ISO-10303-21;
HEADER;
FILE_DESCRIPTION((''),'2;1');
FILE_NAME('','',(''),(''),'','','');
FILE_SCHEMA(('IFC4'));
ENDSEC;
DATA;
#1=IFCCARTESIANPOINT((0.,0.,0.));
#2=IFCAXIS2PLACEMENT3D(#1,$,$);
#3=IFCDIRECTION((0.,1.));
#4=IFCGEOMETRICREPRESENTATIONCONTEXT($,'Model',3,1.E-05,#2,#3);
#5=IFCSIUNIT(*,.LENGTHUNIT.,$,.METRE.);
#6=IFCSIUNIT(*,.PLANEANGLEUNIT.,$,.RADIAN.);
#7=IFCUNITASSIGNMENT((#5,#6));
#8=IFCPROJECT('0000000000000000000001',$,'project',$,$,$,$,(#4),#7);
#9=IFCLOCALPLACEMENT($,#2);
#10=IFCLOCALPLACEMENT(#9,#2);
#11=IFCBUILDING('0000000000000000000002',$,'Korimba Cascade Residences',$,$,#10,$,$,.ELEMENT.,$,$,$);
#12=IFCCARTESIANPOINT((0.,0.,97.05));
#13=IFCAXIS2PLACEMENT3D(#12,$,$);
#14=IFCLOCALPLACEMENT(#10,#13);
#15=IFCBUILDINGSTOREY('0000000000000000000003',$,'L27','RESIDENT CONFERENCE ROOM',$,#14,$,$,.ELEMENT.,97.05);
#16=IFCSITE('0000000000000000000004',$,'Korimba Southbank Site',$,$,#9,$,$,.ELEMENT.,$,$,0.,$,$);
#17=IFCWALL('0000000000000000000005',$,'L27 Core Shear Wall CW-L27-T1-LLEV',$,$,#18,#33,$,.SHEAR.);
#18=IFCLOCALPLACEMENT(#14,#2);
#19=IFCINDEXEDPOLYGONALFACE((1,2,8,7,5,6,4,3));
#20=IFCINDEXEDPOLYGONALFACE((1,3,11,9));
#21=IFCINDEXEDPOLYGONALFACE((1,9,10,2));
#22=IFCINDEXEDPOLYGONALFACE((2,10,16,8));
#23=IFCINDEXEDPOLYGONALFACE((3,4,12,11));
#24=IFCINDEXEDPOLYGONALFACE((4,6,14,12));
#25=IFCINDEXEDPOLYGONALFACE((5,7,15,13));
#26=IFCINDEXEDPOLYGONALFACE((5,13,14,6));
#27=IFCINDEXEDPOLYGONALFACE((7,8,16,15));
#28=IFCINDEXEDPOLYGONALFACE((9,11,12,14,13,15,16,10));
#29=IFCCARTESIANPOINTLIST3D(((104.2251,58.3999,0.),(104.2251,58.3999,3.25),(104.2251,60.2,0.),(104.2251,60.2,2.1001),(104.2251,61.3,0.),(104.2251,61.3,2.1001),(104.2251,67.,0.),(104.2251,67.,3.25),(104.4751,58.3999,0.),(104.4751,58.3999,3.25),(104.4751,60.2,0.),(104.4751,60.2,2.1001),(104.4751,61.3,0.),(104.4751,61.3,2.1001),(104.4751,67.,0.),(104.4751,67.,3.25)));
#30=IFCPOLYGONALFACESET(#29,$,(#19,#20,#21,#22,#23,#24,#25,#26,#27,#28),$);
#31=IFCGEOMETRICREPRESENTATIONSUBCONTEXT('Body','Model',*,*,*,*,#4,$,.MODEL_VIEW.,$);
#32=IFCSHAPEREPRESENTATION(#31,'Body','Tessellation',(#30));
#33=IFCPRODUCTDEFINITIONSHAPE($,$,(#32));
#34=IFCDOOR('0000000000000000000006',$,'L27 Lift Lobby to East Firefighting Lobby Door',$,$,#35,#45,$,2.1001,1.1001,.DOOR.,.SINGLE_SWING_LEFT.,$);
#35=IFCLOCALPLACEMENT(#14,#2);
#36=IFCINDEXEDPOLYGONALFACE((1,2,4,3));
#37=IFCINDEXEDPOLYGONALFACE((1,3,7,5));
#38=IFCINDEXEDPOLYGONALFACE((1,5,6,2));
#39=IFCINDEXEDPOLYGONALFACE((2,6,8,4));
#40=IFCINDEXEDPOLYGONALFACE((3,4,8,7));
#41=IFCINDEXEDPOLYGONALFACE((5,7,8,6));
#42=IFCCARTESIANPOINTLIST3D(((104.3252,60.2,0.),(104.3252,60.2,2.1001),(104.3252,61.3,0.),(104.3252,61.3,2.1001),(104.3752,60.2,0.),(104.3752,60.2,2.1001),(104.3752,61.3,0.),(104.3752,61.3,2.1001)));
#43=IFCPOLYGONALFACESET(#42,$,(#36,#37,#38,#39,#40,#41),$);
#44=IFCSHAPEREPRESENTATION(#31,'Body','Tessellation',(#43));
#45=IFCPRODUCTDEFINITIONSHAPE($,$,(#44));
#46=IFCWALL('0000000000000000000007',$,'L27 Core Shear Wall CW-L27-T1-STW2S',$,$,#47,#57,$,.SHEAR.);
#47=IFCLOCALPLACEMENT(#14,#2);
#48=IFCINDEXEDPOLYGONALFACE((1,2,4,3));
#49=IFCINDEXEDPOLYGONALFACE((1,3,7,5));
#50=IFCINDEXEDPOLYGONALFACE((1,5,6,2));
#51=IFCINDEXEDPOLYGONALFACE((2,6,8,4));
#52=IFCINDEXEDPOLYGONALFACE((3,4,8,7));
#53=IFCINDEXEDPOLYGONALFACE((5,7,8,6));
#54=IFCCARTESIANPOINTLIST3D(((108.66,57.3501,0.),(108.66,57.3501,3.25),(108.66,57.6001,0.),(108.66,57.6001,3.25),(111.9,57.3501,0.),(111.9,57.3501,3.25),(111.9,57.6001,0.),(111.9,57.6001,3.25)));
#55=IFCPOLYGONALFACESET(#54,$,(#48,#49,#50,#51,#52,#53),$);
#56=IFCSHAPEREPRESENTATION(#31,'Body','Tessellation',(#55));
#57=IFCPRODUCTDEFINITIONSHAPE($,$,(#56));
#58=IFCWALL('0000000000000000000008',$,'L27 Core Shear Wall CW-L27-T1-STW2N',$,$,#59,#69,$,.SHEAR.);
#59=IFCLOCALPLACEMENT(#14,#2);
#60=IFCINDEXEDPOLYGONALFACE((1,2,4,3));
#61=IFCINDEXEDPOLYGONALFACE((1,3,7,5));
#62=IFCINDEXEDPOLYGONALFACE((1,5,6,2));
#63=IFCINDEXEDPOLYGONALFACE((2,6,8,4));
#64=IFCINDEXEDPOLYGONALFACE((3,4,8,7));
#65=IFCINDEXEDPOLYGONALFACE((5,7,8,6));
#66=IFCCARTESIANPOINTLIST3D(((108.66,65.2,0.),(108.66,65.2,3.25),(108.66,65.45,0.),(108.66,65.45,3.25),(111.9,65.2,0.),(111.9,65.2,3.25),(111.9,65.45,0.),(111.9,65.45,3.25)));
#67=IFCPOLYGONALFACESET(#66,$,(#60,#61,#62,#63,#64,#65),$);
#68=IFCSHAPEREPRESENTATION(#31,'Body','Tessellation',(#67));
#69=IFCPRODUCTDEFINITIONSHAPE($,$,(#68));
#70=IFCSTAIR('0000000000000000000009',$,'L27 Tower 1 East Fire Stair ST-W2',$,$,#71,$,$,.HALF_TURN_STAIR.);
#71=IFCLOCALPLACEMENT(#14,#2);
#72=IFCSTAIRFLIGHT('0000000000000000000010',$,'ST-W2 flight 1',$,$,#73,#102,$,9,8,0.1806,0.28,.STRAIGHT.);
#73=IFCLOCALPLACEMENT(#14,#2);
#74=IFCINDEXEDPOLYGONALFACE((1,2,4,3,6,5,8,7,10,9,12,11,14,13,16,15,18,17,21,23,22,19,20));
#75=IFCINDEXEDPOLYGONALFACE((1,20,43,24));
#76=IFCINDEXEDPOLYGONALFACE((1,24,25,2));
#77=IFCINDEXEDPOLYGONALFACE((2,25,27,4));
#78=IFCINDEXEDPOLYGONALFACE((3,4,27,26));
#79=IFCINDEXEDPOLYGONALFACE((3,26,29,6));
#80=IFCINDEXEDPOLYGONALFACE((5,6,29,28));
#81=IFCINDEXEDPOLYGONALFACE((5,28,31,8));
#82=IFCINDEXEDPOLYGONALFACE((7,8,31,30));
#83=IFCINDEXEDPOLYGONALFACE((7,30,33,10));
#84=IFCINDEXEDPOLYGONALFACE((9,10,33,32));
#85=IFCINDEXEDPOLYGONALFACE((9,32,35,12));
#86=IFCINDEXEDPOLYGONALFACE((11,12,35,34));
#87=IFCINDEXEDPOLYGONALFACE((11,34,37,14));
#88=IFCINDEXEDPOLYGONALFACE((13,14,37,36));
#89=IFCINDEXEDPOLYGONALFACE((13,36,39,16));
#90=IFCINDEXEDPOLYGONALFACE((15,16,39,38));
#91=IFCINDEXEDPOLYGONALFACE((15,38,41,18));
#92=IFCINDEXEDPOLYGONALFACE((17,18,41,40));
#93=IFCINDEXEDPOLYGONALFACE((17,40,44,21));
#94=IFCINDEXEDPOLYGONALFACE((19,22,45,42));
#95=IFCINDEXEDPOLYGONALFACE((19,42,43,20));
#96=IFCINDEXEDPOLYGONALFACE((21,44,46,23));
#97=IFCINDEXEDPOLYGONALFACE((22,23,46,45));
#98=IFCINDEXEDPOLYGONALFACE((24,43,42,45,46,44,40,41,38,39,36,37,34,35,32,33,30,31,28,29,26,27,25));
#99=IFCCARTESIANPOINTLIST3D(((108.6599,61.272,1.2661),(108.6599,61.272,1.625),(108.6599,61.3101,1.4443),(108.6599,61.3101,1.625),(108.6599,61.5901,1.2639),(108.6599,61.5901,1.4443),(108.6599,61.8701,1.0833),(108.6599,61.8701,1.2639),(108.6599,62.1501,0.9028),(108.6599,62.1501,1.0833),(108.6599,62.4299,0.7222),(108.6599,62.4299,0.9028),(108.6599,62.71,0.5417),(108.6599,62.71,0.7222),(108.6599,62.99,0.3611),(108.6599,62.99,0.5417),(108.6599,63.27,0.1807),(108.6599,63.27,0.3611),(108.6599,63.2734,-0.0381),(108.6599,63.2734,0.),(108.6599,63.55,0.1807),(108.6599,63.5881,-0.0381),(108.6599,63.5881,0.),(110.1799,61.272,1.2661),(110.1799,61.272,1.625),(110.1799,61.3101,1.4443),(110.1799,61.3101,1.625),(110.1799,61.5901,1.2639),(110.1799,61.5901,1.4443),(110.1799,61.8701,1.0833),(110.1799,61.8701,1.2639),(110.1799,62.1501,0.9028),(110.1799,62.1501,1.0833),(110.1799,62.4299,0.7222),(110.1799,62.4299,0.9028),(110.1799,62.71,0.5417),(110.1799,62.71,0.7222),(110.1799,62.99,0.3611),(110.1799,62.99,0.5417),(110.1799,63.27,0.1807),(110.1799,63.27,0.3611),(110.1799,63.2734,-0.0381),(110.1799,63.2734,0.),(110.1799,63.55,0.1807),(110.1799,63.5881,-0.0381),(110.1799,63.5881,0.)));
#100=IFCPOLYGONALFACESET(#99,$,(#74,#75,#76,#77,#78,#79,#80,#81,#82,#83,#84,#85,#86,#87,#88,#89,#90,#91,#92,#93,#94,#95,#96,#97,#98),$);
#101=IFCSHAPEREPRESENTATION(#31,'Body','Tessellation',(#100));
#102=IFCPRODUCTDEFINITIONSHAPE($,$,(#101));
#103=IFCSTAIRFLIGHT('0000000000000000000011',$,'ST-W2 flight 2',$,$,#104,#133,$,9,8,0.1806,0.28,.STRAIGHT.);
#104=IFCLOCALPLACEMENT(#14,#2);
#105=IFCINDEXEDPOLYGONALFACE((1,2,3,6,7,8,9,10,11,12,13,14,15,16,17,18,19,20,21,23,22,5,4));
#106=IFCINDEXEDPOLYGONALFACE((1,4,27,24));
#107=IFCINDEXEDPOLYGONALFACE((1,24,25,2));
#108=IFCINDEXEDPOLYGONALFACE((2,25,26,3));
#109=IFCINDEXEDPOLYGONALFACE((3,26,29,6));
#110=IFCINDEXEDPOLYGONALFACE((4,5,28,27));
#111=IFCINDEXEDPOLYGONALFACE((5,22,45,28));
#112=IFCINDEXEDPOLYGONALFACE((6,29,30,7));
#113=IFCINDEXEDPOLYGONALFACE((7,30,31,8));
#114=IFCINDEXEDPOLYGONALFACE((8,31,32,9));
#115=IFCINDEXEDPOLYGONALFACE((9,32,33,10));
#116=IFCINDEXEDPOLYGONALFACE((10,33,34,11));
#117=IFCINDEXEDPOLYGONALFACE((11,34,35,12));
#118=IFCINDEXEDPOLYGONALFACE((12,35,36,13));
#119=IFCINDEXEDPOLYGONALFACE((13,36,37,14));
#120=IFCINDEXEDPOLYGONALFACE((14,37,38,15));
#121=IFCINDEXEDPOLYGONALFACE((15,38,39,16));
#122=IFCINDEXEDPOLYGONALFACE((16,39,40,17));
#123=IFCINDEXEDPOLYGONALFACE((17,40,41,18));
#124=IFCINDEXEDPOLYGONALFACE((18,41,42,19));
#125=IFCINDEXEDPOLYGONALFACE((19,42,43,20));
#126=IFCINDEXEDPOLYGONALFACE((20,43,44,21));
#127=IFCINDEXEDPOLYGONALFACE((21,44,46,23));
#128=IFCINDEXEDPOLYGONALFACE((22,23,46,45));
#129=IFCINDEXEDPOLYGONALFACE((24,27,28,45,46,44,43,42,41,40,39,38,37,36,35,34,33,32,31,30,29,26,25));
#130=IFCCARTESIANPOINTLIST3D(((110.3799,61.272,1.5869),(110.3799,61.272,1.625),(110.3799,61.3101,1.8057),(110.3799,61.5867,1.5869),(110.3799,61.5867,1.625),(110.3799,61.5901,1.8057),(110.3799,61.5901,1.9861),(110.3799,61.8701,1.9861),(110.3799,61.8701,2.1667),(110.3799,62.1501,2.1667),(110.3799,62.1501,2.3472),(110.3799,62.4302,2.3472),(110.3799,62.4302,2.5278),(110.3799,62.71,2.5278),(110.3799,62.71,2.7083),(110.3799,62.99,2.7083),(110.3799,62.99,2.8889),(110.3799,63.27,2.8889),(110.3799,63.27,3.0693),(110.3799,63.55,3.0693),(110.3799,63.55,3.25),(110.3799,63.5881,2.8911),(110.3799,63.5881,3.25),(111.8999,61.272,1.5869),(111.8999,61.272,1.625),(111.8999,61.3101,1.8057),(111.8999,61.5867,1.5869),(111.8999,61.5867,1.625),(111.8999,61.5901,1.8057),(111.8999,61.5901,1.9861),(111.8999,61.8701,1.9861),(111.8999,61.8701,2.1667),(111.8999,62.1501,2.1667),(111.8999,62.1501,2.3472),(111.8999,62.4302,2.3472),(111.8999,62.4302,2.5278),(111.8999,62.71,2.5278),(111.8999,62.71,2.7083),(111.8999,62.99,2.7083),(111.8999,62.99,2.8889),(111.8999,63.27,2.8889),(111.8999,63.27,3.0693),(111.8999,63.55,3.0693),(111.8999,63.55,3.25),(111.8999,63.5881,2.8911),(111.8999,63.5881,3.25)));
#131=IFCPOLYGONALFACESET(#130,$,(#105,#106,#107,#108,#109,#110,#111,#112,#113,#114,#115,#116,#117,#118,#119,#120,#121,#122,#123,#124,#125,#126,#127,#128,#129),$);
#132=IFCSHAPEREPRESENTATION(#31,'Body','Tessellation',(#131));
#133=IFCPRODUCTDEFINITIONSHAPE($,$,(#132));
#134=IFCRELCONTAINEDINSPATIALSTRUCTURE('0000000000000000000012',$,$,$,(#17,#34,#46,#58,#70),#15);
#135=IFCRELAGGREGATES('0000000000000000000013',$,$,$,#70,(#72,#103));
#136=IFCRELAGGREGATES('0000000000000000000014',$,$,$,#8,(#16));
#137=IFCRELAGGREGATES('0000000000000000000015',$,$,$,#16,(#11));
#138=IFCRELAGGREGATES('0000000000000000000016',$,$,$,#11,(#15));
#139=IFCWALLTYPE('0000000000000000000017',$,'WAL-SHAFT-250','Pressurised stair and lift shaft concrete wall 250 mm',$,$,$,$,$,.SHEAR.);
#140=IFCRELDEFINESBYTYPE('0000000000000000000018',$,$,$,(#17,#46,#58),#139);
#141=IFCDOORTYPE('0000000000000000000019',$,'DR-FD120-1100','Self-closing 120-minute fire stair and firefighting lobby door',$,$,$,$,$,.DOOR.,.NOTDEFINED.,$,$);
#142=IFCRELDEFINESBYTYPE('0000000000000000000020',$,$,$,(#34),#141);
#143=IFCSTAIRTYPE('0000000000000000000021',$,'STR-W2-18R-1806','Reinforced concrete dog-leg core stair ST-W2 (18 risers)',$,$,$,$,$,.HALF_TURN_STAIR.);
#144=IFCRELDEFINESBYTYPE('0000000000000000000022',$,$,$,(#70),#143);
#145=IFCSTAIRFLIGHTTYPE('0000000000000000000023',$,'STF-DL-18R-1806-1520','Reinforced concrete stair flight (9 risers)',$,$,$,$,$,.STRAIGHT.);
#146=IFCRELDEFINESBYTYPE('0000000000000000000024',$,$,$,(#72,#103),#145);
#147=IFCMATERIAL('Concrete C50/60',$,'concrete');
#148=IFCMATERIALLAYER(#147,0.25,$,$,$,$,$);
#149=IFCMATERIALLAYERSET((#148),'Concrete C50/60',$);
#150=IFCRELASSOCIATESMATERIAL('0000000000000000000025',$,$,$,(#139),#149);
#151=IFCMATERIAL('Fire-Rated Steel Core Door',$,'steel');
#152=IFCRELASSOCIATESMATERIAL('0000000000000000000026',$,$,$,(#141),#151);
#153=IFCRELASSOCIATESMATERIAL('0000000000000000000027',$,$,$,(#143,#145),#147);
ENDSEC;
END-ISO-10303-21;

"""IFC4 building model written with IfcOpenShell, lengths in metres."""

from ifc_helpers import new_model, si_unit, direction, frame, frame_2d, origin, place, context, subcontext, project, spatial, polyline, rectangle, outline, extrude, material, layer, layer_set, type_object, element, fill, aggregate, save


model = new_model("IFC4")

# Units and contexts
model_context = context("Model", 3, precision=1e-05, world=origin(), true_north=direction((0.0, 1.0)))
body_context = subcontext(model_context, "Body", "Model", "MODEL_VIEW")
ifc_project = project(units=[si_unit("LENGTHUNIT", "METRE"), si_unit("PLANEANGLEUNIT", "RADIAN")], contexts=[model_context])

# Site, building, storey
site_placement = place(None, origin())
site = spatial("IfcSite", under=ifc_project, at=site_placement, Name="Korimba Southbank Site", CompositionType="ELEMENT", RefElevation=0.0)
building_placement = place(site_placement, origin())
building = spatial("IfcBuilding", under=site, at=building_placement, Name="Korimba Cascade Residences", CompositionType="ELEMENT")
storey_placement = place(building_placement, frame((0.0, 0.0, 97.05)))
storey = spatial("IfcBuildingStorey", under=building, at=storey_placement, Name="L27", Description="RESIDENT CONFERENCE ROOM", CompositionType="ELEMENT", Elevation=97.05)

# Shared definitions
ifc_material_1 = material(Name="Concrete C50/60", Category="concrete")
ifc_layer_1 = layer(ifc_material_1, 0.25)
ifc_layer_set_1 = layer_set([ifc_layer_1], Name="Concrete C50/60")
wall_type_1 = type_object("IfcWallType", Name="WAL-SHAFT-250", Description="Pressurised stair and lift shaft concrete wall 250 mm", PredefinedType="SHEAR", material=ifc_layer_set_1)

# Wall, opening, door
wall_1_placement = place(storey_placement, frame((104.3501, 58.3999, 0.0), z_axis=(0.0, 0.0, 1.0), x_axis=(0.0, 1.0, 0.0)))
wall_1 = element("IfcWall", 1, at=wall_1_placement, inside=storey, type_object=wall_type_1, Name="L27 Core Shear Wall CW-L27-T1-LLEV", PredefinedType="SHEAR", context=body_context, shape_type="SweptSolid", body=[
    extrude(rectangle(XDim=8.6001, YDim=0.25, at=frame_2d((4.3, 0.0))), origin(), (0.0, 0.0, 1.0), 3.25),
])
opening_1_placement = place(wall_1_placement, frame((1.8, 0.0, 0.0)))
opening_1 = element("IfcOpeningElement", 2, at=opening_1_placement, cuts=wall_1, PredefinedType="OPENING", context=body_context, shape_type="SweptSolid", body=[
    extrude(rectangle(XDim=1.1001, YDim=2.1001, at=frame_2d((0.55, 1.05))), frame((0.0, 0.135, 0.0), z_axis=(0.0, -1.0, 0.0), x_axis=(1.0, 0.0, 0.0)), (0.0, 0.0, 1.0), 0.27),
])
ifc_material_2 = material(Name="Fire-Rated Steel Core Door", Category="steel")
door_type_1 = type_object("IfcDoorType", Name="DR-FD120-1100", Description="Self-closing 120-minute fire stair and firefighting lobby door", OperationType="NOTDEFINED", PredefinedType="DOOR", material=ifc_material_2)
door_1_placement = place(opening_1_placement, origin())
door_1 = element("IfcDoor", 3, at=door_1_placement, inside=storey, type_object=door_type_1, Name="L27 Lift Lobby to East Firefighting Lobby Door", OperationType="SINGLE_SWING_LEFT", OverallHeight=2.1001, OverallWidth=1.1001, PredefinedType="DOOR", context=body_context, shape_type="SweptSolid", body=[
    extrude(rectangle(XDim=1.1001, YDim=2.1001, at=frame_2d((0.55, 1.05))), frame((0.0, 0.0249, 0.0), z_axis=(0.0, -1.0, 0.0), x_axis=(1.0, 0.0, 0.0)), (0.0, 0.0, 1.0), 0.05),
])
fill(opening_1, door_1)

# Walls
for number, where, z_axis, x_axis, name in (
    (4, (108.6599, 57.4751, 0.0), (0.0, 0.0, 1.0), (1.0, 0.0, 0.0), "L27 Core Shear Wall CW-L27-T1-STW2S"),
    (5, (108.6599, 65.325, 0.0), (0.0, 0.0, 1.0), (1.0, 0.0, 0.0), "L27 Core Shear Wall CW-L27-T1-STW2N"),
):
    element("IfcWall", number, at=place(storey_placement, frame(where, z_axis=z_axis, x_axis=x_axis)), inside=storey, type_object=wall_type_1, Name=name, PredefinedType="SHEAR", context=body_context, shape_type="SweptSolid", body=[
        extrude(rectangle(XDim=3.24, YDim=0.25, at=frame_2d((1.6201, 0.0))), origin(), (0.0, 0.0, 1.0), 3.25),
    ])

# Stair, stair flights
stair_type = type_object("IfcStairType", Name="STR-W2-18R-1806", Description="Reinforced concrete dog-leg core stair ST-W2 (18 risers)", PredefinedType="HALF_TURN_STAIR", material=ifc_material_1)
stair_placement = place(storey_placement, origin())
stair = element("IfcStair", 6, at=stair_placement, inside=storey, type_object=stair_type, Name="L27 Tower 1 East Fire Stair ST-W2", PredefinedType="HALF_TURN_STAIR")
stair_flight_type = type_object("IfcStairFlightType", Name="STF-DL-18R-1806-1520", Description="Reinforced concrete stair flight (9 risers)", PredefinedType="STRAIGHT", material=ifc_material_1)
stair_flight_1_placement = place(storey_placement, frame((109.4199, 63.55, 0.0), z_axis=(0.0, 0.0, 1.0), x_axis=(0.0, -1.0, 0.0)))
stair_flight_1 = element("IfcStairFlight", 7, at=stair_flight_1_placement, type_object=stair_flight_type, Name="ST-W2 flight 1", NumberOfRisers=9, NumberOfTreads=8, PredefinedType="STRAIGHT", RiserHeight=0.1806, TreadLength=0.28, context=body_context, shape_type="SweptSolid", body=[
    extrude(outline(polyline([(-0.0381, 0.0), (0.0, 0.1807), (0.28, 0.1807), (0.28, 0.3611), (0.5601, 0.3611), (0.5601, 0.5417), (0.8401, 0.5417), (0.8401, 0.7222), (1.1201, 0.7222), (1.1201, 0.9028), (1.3999, 0.9028), (1.3999, 1.0833), (1.6799, 1.0833), (1.6799, 1.2639), (1.96, 1.2639), (1.96, 1.4443), (2.24, 1.4443), (2.24, 1.625), (2.2781, 1.625), (2.2781, 1.2661), (0.2766, 0.0), (0.2766, -0.0381), (-0.0381, -0.0381), (-0.0381, 0.0)])), frame((0.0, 0.76, 0.0), z_axis=(0.0, -1.0, 0.0), x_axis=(1.0, 0.0, 0.0)), (0.0, 0.0, 1.0), 1.52),
])
stair_flight_2_placement = place(storey_placement, frame((111.1399, 61.3101, 1.625), z_axis=(0.0, 0.0, 1.0), x_axis=(0.0, 1.0, 0.0)))
stair_flight_2 = element("IfcStairFlight", 8, at=stair_flight_2_placement, type_object=stair_flight_type, Name="ST-W2 flight 2", NumberOfRisers=9, NumberOfTreads=8, PredefinedType="STRAIGHT", RiserHeight=0.1806, TreadLength=0.28, context=body_context, shape_type="SweptSolid", body=[
    extrude(outline(polyline([(-0.0381, 0.0), (0.0, 0.1807), (0.28, 0.1807), (0.28, 0.3611), (0.5601, 0.3611), (0.5601, 0.5417), (0.8401, 0.5417), (0.8401, 0.7222), (1.1201, 0.7222), (1.1201, 0.9028), (1.3999, 0.9028), (1.3999, 1.0833), (1.6799, 1.0833), (1.6799, 1.2639), (1.96, 1.2639), (1.96, 1.4443), (2.24, 1.4443), (2.24, 1.625), (2.2781, 1.625), (2.2781, 1.2661), (0.2766, 0.0), (0.2766, -0.0381), (-0.0381, -0.0381), (-0.0381, 0.0)])), frame((0.0, 0.76, 0.0), z_axis=(0.0, -1.0, 0.0), x_axis=(1.0, 0.0, 0.0)), (0.0, 0.0, 1.0), 1.52),
])
aggregate(stair, [stair_flight_1, stair_flight_2])

save(model, "model.ifc")
